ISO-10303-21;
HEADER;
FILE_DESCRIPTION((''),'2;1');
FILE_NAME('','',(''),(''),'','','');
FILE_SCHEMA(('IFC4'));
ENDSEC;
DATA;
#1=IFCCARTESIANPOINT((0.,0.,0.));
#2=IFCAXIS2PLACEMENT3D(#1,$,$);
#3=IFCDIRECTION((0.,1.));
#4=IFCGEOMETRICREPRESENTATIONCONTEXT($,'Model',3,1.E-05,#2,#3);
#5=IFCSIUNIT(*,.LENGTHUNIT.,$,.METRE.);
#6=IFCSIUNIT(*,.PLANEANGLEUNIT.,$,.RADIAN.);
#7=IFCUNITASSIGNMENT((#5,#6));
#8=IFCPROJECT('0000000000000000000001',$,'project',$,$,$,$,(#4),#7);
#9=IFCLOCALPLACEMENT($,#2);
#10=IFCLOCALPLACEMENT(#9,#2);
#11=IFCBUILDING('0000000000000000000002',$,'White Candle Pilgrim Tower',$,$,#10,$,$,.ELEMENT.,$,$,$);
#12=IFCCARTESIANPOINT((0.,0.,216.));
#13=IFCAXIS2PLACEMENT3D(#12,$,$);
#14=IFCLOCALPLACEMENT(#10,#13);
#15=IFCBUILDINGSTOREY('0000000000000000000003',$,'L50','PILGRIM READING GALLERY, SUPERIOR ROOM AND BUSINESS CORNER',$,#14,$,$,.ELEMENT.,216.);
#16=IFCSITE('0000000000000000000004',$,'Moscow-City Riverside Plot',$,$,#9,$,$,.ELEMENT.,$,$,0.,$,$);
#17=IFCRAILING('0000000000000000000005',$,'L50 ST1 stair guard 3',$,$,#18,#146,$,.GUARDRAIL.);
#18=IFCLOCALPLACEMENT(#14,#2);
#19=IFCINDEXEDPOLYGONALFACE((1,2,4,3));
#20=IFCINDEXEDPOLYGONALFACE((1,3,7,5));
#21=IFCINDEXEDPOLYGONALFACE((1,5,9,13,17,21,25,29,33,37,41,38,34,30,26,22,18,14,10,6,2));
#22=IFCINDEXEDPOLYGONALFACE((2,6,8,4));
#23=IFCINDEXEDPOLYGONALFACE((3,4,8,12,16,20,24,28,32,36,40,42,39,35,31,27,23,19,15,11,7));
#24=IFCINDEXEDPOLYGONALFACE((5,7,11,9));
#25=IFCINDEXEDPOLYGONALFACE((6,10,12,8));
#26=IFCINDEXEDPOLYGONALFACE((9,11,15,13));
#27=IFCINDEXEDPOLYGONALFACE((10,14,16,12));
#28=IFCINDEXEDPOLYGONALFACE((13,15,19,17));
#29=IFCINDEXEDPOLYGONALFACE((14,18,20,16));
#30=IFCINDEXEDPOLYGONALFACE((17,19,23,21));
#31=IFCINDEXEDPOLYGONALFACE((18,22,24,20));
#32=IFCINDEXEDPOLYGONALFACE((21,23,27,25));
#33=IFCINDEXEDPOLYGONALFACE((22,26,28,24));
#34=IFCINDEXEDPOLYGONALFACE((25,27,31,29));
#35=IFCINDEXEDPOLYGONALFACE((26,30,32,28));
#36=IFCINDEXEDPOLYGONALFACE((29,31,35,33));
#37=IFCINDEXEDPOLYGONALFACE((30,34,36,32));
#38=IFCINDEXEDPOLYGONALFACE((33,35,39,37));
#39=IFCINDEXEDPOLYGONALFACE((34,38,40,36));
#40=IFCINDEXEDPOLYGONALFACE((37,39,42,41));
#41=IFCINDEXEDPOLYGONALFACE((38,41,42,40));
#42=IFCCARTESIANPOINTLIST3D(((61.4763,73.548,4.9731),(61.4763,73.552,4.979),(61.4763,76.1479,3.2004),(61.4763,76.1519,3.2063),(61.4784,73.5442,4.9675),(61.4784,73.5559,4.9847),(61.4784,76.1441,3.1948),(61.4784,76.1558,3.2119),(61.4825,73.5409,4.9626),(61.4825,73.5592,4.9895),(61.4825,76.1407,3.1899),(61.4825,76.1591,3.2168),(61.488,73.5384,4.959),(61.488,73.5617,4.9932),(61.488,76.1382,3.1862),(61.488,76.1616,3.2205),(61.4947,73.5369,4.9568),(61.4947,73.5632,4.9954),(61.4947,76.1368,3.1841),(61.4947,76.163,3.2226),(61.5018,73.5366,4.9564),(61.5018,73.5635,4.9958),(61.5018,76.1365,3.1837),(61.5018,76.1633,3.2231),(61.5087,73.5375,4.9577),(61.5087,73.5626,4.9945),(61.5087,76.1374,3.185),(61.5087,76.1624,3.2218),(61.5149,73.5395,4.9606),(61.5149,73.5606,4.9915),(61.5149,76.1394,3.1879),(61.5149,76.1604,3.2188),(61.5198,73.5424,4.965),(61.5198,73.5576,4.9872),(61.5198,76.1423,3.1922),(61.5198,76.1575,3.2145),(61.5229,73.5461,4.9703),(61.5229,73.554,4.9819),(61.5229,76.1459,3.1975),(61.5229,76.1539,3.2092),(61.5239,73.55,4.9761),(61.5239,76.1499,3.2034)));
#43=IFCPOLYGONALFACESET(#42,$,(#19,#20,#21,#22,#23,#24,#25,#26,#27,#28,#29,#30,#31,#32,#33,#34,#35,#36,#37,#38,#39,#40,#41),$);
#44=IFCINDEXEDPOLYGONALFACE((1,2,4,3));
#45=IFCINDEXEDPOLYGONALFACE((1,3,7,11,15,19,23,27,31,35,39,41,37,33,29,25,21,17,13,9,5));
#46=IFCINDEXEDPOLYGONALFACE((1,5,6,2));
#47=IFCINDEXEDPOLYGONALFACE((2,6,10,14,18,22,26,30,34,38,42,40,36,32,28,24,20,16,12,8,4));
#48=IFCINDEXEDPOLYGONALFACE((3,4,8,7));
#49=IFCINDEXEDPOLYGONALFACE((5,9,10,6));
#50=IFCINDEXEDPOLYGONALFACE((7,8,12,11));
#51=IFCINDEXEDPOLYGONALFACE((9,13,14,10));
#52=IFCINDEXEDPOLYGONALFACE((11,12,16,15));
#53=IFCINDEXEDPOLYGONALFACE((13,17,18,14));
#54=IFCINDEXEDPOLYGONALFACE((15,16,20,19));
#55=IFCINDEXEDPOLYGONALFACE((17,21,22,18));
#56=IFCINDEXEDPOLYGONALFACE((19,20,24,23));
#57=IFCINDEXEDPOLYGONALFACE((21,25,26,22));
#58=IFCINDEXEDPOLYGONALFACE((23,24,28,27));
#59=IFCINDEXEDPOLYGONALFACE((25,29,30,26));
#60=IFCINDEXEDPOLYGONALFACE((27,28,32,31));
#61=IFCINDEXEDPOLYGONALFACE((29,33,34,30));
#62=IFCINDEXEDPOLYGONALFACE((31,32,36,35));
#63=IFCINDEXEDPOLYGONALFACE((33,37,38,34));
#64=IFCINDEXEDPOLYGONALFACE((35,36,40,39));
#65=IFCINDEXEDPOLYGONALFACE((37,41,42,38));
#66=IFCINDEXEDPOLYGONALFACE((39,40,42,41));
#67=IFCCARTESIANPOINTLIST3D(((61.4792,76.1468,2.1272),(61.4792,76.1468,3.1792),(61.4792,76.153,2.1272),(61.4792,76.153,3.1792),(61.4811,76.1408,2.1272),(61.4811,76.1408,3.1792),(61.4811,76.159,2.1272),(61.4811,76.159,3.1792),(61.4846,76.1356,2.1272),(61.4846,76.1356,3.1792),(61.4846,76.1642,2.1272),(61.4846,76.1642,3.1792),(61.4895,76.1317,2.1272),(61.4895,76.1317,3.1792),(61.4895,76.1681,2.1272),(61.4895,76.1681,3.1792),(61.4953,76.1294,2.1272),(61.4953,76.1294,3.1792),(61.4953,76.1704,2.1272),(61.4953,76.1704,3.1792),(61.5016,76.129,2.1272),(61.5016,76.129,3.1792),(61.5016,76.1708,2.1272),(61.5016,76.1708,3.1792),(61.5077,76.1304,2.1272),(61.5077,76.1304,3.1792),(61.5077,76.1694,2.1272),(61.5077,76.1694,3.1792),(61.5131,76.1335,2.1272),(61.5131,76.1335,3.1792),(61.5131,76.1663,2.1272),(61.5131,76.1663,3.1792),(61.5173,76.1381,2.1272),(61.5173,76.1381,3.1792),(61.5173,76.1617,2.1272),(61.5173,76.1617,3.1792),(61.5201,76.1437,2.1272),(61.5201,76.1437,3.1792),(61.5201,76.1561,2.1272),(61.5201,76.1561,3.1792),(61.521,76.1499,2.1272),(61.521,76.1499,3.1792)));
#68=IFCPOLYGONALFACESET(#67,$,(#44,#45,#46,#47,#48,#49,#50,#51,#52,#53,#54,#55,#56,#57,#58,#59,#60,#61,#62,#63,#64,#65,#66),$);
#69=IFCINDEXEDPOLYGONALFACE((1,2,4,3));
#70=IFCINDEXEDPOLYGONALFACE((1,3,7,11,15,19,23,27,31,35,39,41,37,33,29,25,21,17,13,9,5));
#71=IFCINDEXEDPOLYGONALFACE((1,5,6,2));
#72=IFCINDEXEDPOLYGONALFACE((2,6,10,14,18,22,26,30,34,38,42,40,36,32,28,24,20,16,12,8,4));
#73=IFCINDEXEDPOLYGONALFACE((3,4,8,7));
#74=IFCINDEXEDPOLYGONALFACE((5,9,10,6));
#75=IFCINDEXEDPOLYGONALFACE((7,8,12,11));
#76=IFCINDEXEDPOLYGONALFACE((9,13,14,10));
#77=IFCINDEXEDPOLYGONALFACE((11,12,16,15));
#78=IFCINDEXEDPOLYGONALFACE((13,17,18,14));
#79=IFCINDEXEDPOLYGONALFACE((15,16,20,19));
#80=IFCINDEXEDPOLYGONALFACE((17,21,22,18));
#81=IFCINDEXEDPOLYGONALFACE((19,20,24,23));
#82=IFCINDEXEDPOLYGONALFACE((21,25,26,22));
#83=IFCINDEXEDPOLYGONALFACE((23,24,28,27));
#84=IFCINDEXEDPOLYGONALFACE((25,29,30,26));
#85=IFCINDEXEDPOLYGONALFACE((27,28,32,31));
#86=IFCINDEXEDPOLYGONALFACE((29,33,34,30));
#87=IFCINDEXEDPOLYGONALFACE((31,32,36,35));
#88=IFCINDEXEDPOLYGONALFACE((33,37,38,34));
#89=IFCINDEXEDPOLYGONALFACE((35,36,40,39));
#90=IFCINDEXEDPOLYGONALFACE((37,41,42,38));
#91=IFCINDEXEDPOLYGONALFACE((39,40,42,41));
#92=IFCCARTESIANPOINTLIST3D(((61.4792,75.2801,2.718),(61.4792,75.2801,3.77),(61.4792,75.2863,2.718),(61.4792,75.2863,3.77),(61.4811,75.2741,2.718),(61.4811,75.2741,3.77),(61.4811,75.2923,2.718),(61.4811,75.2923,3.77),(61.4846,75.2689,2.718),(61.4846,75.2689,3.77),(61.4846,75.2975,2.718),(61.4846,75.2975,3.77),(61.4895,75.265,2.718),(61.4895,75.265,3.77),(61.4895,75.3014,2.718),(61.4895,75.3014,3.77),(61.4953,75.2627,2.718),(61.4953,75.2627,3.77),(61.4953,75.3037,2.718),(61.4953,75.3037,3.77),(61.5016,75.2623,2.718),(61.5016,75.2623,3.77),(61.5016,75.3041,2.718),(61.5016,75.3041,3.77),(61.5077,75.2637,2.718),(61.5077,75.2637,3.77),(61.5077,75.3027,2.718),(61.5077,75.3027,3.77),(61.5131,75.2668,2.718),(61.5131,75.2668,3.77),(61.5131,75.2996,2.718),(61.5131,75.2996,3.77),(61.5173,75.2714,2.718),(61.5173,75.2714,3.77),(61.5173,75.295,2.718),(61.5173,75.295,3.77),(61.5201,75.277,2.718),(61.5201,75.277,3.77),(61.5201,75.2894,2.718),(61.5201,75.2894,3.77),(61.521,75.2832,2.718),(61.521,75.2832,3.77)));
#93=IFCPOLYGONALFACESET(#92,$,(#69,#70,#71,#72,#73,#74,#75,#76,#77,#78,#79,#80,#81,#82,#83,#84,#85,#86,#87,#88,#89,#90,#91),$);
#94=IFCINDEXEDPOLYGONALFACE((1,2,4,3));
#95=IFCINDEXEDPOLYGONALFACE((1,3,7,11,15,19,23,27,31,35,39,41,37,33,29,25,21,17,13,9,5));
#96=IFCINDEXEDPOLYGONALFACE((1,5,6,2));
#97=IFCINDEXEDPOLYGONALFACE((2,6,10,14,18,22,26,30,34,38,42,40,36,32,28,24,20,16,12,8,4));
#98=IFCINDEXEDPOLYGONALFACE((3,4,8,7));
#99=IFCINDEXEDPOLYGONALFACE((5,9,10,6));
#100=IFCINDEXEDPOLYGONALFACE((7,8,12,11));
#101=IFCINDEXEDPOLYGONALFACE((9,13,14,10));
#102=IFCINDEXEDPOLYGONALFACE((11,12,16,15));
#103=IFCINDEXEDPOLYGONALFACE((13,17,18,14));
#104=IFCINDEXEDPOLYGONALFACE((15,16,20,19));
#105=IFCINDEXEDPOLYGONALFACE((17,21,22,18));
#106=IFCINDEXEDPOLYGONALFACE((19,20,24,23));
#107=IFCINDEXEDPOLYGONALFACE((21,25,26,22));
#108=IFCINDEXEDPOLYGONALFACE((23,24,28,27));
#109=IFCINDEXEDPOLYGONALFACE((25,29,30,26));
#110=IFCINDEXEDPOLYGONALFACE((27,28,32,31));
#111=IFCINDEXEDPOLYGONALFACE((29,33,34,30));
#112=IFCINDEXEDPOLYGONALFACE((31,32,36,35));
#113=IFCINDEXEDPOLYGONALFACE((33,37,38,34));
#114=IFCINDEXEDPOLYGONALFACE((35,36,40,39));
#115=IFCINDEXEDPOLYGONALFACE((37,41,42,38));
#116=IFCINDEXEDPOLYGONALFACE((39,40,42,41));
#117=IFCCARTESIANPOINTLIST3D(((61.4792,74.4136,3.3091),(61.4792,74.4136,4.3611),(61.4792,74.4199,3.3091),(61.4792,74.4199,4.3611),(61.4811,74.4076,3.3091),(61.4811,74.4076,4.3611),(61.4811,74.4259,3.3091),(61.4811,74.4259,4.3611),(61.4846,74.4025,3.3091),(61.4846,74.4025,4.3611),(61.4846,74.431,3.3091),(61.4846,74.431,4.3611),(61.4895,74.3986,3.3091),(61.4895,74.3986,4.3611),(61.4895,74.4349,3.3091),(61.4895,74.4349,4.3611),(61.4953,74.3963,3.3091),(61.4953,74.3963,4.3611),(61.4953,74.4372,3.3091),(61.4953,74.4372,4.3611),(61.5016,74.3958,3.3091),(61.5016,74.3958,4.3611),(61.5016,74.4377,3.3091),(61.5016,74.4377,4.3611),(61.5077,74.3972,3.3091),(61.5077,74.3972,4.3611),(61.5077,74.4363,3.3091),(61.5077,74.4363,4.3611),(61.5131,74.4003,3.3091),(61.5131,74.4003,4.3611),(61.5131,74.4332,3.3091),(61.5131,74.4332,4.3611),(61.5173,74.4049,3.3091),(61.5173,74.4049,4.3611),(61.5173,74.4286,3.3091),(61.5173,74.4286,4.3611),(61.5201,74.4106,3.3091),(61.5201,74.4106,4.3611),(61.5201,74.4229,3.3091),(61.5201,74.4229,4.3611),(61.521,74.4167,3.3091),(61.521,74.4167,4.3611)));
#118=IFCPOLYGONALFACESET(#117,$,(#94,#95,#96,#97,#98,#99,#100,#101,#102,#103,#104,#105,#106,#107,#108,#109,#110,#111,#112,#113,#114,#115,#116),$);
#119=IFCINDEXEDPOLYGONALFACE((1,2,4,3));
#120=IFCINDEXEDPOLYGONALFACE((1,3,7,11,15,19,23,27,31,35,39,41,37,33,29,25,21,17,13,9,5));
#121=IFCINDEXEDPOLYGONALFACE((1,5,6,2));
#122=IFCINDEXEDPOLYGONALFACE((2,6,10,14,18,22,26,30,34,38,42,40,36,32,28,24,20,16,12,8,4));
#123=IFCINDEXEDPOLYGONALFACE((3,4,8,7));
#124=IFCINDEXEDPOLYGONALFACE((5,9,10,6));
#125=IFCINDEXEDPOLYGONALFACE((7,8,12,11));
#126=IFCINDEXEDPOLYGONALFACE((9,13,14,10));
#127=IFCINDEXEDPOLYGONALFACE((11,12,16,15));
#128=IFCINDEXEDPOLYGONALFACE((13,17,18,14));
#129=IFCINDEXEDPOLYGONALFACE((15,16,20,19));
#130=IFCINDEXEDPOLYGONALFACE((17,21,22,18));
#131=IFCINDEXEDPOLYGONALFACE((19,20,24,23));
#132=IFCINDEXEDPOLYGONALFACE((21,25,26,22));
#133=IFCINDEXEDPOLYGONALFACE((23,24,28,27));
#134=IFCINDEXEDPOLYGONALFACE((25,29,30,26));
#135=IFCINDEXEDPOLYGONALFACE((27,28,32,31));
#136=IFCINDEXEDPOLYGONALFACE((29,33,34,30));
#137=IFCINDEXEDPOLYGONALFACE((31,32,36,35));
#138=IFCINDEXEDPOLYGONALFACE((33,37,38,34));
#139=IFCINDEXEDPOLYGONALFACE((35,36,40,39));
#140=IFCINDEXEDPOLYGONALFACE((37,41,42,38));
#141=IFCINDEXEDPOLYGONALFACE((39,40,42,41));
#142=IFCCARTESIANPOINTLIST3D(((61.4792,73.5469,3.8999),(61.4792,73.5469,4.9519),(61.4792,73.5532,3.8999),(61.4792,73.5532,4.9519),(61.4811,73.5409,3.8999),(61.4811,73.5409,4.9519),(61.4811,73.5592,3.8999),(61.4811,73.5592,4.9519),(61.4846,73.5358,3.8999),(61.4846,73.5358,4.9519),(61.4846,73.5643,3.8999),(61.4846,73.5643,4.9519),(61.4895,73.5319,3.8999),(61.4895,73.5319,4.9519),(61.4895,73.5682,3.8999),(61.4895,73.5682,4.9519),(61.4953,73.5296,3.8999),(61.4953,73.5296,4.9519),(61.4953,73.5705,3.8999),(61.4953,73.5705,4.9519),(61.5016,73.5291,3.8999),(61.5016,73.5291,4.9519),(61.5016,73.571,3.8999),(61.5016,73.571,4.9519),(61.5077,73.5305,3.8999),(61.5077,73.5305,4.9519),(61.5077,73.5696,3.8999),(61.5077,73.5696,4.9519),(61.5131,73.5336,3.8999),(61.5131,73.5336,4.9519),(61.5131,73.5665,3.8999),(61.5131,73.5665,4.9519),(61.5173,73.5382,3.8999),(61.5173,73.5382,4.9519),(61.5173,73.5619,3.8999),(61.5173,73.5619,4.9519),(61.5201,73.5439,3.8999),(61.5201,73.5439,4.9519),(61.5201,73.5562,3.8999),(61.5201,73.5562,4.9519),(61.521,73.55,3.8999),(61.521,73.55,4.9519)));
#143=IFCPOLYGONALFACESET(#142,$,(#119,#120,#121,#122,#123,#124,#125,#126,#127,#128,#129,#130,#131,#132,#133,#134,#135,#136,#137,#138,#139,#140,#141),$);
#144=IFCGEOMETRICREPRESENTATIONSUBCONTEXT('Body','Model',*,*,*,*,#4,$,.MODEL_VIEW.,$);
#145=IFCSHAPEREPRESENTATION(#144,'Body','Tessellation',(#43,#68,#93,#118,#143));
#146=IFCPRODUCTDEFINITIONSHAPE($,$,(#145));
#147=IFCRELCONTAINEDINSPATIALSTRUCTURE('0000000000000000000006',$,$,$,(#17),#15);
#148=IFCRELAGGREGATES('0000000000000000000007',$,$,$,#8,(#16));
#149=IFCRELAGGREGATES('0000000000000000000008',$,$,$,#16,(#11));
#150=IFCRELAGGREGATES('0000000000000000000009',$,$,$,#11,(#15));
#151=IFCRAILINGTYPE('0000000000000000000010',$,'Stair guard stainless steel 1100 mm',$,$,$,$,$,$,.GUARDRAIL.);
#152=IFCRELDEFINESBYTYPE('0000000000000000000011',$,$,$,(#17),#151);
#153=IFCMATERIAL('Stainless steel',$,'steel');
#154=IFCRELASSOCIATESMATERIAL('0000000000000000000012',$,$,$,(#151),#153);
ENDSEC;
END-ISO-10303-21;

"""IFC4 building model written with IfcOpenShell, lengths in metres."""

from ifc_helpers import new_model, si_unit, direction, frame, origin, origin_2d, place, context, subcontext, project, spatial, circle, extrude, material, type_object, element, save


model = new_model("IFC4")

# Units and contexts
model_context = context("Model", 3, precision=1e-05, world=origin(), true_north=direction((0.0, 1.0)))
body_context = subcontext(model_context, "Body", "Model", "MODEL_VIEW")
ifc_project = project(units=[si_unit("LENGTHUNIT", "METRE"), si_unit("PLANEANGLEUNIT", "RADIAN")], contexts=[model_context])

# Site, building, storey
site_placement = place(None, origin())
site = spatial("IfcSite", under=ifc_project, at=site_placement, Name="Moscow-City Riverside Plot", CompositionType="ELEMENT", RefElevation=0.0)
building_placement = place(site_placement, origin())
building = spatial("IfcBuilding", under=site, at=building_placement, Name="White Candle Pilgrim Tower", CompositionType="ELEMENT")
storey_placement = place(building_placement, frame((0.0, 0.0, 216.0)))
storey = spatial("IfcBuildingStorey", under=building, at=storey_placement, Name="L50", Description="PILGRIM READING GALLERY, SUPERIOR ROOM AND BUSINESS CORNER", CompositionType="ELEMENT", Elevation=216.0)

# Shared definitions
ifc_material_1 = material(Name="Stainless steel", Category="steel")

# Railing
railing_type_1 = type_object("IfcRailingType", Name="Stair guard stainless steel 1100 mm", PredefinedType="GUARDRAIL", material=ifc_material_1)
railing_1_placement = place(storey_placement, frame((61.5, 76.1499, 2.1272)))
element("IfcRailing", 1, at=railing_1_placement, inside=storey, type_object=railing_type_1, Name="L50 ST1 stair guard 3", PredefinedType="GUARDRAIL", context=body_context, shape_type="SweptSolid", body=[
    extrude(circle(Radius=0.0239, at=origin_2d()), frame((0.0, 0.0, 1.0762), z_axis=(0.0, -0.826216, 0.563354), x_axis=(1.0, 0.0, 0.0)), (0.0, 0.0, 1.0), 3.1467),
    extrude(circle(Radius=0.021, at=origin_2d()), origin(), (0.0, 0.0, 1.0), 1.052),
    extrude(circle(Radius=0.021, at=origin_2d()), frame((0.0, -0.8667, 0.5908)), (0.0, 0.0, 1.0), 1.052),
    extrude(circle(Radius=0.021, at=origin_2d()), frame((0.0, -1.7332, 1.1819)), (0.0, 0.0, 1.0), 1.052),
    extrude(circle(Radius=0.021, at=origin_2d()), frame((0.0, -2.5999, 1.7727)), (0.0, 0.0, 1.0), 1.052),
])

save(model, "model.ifc")
